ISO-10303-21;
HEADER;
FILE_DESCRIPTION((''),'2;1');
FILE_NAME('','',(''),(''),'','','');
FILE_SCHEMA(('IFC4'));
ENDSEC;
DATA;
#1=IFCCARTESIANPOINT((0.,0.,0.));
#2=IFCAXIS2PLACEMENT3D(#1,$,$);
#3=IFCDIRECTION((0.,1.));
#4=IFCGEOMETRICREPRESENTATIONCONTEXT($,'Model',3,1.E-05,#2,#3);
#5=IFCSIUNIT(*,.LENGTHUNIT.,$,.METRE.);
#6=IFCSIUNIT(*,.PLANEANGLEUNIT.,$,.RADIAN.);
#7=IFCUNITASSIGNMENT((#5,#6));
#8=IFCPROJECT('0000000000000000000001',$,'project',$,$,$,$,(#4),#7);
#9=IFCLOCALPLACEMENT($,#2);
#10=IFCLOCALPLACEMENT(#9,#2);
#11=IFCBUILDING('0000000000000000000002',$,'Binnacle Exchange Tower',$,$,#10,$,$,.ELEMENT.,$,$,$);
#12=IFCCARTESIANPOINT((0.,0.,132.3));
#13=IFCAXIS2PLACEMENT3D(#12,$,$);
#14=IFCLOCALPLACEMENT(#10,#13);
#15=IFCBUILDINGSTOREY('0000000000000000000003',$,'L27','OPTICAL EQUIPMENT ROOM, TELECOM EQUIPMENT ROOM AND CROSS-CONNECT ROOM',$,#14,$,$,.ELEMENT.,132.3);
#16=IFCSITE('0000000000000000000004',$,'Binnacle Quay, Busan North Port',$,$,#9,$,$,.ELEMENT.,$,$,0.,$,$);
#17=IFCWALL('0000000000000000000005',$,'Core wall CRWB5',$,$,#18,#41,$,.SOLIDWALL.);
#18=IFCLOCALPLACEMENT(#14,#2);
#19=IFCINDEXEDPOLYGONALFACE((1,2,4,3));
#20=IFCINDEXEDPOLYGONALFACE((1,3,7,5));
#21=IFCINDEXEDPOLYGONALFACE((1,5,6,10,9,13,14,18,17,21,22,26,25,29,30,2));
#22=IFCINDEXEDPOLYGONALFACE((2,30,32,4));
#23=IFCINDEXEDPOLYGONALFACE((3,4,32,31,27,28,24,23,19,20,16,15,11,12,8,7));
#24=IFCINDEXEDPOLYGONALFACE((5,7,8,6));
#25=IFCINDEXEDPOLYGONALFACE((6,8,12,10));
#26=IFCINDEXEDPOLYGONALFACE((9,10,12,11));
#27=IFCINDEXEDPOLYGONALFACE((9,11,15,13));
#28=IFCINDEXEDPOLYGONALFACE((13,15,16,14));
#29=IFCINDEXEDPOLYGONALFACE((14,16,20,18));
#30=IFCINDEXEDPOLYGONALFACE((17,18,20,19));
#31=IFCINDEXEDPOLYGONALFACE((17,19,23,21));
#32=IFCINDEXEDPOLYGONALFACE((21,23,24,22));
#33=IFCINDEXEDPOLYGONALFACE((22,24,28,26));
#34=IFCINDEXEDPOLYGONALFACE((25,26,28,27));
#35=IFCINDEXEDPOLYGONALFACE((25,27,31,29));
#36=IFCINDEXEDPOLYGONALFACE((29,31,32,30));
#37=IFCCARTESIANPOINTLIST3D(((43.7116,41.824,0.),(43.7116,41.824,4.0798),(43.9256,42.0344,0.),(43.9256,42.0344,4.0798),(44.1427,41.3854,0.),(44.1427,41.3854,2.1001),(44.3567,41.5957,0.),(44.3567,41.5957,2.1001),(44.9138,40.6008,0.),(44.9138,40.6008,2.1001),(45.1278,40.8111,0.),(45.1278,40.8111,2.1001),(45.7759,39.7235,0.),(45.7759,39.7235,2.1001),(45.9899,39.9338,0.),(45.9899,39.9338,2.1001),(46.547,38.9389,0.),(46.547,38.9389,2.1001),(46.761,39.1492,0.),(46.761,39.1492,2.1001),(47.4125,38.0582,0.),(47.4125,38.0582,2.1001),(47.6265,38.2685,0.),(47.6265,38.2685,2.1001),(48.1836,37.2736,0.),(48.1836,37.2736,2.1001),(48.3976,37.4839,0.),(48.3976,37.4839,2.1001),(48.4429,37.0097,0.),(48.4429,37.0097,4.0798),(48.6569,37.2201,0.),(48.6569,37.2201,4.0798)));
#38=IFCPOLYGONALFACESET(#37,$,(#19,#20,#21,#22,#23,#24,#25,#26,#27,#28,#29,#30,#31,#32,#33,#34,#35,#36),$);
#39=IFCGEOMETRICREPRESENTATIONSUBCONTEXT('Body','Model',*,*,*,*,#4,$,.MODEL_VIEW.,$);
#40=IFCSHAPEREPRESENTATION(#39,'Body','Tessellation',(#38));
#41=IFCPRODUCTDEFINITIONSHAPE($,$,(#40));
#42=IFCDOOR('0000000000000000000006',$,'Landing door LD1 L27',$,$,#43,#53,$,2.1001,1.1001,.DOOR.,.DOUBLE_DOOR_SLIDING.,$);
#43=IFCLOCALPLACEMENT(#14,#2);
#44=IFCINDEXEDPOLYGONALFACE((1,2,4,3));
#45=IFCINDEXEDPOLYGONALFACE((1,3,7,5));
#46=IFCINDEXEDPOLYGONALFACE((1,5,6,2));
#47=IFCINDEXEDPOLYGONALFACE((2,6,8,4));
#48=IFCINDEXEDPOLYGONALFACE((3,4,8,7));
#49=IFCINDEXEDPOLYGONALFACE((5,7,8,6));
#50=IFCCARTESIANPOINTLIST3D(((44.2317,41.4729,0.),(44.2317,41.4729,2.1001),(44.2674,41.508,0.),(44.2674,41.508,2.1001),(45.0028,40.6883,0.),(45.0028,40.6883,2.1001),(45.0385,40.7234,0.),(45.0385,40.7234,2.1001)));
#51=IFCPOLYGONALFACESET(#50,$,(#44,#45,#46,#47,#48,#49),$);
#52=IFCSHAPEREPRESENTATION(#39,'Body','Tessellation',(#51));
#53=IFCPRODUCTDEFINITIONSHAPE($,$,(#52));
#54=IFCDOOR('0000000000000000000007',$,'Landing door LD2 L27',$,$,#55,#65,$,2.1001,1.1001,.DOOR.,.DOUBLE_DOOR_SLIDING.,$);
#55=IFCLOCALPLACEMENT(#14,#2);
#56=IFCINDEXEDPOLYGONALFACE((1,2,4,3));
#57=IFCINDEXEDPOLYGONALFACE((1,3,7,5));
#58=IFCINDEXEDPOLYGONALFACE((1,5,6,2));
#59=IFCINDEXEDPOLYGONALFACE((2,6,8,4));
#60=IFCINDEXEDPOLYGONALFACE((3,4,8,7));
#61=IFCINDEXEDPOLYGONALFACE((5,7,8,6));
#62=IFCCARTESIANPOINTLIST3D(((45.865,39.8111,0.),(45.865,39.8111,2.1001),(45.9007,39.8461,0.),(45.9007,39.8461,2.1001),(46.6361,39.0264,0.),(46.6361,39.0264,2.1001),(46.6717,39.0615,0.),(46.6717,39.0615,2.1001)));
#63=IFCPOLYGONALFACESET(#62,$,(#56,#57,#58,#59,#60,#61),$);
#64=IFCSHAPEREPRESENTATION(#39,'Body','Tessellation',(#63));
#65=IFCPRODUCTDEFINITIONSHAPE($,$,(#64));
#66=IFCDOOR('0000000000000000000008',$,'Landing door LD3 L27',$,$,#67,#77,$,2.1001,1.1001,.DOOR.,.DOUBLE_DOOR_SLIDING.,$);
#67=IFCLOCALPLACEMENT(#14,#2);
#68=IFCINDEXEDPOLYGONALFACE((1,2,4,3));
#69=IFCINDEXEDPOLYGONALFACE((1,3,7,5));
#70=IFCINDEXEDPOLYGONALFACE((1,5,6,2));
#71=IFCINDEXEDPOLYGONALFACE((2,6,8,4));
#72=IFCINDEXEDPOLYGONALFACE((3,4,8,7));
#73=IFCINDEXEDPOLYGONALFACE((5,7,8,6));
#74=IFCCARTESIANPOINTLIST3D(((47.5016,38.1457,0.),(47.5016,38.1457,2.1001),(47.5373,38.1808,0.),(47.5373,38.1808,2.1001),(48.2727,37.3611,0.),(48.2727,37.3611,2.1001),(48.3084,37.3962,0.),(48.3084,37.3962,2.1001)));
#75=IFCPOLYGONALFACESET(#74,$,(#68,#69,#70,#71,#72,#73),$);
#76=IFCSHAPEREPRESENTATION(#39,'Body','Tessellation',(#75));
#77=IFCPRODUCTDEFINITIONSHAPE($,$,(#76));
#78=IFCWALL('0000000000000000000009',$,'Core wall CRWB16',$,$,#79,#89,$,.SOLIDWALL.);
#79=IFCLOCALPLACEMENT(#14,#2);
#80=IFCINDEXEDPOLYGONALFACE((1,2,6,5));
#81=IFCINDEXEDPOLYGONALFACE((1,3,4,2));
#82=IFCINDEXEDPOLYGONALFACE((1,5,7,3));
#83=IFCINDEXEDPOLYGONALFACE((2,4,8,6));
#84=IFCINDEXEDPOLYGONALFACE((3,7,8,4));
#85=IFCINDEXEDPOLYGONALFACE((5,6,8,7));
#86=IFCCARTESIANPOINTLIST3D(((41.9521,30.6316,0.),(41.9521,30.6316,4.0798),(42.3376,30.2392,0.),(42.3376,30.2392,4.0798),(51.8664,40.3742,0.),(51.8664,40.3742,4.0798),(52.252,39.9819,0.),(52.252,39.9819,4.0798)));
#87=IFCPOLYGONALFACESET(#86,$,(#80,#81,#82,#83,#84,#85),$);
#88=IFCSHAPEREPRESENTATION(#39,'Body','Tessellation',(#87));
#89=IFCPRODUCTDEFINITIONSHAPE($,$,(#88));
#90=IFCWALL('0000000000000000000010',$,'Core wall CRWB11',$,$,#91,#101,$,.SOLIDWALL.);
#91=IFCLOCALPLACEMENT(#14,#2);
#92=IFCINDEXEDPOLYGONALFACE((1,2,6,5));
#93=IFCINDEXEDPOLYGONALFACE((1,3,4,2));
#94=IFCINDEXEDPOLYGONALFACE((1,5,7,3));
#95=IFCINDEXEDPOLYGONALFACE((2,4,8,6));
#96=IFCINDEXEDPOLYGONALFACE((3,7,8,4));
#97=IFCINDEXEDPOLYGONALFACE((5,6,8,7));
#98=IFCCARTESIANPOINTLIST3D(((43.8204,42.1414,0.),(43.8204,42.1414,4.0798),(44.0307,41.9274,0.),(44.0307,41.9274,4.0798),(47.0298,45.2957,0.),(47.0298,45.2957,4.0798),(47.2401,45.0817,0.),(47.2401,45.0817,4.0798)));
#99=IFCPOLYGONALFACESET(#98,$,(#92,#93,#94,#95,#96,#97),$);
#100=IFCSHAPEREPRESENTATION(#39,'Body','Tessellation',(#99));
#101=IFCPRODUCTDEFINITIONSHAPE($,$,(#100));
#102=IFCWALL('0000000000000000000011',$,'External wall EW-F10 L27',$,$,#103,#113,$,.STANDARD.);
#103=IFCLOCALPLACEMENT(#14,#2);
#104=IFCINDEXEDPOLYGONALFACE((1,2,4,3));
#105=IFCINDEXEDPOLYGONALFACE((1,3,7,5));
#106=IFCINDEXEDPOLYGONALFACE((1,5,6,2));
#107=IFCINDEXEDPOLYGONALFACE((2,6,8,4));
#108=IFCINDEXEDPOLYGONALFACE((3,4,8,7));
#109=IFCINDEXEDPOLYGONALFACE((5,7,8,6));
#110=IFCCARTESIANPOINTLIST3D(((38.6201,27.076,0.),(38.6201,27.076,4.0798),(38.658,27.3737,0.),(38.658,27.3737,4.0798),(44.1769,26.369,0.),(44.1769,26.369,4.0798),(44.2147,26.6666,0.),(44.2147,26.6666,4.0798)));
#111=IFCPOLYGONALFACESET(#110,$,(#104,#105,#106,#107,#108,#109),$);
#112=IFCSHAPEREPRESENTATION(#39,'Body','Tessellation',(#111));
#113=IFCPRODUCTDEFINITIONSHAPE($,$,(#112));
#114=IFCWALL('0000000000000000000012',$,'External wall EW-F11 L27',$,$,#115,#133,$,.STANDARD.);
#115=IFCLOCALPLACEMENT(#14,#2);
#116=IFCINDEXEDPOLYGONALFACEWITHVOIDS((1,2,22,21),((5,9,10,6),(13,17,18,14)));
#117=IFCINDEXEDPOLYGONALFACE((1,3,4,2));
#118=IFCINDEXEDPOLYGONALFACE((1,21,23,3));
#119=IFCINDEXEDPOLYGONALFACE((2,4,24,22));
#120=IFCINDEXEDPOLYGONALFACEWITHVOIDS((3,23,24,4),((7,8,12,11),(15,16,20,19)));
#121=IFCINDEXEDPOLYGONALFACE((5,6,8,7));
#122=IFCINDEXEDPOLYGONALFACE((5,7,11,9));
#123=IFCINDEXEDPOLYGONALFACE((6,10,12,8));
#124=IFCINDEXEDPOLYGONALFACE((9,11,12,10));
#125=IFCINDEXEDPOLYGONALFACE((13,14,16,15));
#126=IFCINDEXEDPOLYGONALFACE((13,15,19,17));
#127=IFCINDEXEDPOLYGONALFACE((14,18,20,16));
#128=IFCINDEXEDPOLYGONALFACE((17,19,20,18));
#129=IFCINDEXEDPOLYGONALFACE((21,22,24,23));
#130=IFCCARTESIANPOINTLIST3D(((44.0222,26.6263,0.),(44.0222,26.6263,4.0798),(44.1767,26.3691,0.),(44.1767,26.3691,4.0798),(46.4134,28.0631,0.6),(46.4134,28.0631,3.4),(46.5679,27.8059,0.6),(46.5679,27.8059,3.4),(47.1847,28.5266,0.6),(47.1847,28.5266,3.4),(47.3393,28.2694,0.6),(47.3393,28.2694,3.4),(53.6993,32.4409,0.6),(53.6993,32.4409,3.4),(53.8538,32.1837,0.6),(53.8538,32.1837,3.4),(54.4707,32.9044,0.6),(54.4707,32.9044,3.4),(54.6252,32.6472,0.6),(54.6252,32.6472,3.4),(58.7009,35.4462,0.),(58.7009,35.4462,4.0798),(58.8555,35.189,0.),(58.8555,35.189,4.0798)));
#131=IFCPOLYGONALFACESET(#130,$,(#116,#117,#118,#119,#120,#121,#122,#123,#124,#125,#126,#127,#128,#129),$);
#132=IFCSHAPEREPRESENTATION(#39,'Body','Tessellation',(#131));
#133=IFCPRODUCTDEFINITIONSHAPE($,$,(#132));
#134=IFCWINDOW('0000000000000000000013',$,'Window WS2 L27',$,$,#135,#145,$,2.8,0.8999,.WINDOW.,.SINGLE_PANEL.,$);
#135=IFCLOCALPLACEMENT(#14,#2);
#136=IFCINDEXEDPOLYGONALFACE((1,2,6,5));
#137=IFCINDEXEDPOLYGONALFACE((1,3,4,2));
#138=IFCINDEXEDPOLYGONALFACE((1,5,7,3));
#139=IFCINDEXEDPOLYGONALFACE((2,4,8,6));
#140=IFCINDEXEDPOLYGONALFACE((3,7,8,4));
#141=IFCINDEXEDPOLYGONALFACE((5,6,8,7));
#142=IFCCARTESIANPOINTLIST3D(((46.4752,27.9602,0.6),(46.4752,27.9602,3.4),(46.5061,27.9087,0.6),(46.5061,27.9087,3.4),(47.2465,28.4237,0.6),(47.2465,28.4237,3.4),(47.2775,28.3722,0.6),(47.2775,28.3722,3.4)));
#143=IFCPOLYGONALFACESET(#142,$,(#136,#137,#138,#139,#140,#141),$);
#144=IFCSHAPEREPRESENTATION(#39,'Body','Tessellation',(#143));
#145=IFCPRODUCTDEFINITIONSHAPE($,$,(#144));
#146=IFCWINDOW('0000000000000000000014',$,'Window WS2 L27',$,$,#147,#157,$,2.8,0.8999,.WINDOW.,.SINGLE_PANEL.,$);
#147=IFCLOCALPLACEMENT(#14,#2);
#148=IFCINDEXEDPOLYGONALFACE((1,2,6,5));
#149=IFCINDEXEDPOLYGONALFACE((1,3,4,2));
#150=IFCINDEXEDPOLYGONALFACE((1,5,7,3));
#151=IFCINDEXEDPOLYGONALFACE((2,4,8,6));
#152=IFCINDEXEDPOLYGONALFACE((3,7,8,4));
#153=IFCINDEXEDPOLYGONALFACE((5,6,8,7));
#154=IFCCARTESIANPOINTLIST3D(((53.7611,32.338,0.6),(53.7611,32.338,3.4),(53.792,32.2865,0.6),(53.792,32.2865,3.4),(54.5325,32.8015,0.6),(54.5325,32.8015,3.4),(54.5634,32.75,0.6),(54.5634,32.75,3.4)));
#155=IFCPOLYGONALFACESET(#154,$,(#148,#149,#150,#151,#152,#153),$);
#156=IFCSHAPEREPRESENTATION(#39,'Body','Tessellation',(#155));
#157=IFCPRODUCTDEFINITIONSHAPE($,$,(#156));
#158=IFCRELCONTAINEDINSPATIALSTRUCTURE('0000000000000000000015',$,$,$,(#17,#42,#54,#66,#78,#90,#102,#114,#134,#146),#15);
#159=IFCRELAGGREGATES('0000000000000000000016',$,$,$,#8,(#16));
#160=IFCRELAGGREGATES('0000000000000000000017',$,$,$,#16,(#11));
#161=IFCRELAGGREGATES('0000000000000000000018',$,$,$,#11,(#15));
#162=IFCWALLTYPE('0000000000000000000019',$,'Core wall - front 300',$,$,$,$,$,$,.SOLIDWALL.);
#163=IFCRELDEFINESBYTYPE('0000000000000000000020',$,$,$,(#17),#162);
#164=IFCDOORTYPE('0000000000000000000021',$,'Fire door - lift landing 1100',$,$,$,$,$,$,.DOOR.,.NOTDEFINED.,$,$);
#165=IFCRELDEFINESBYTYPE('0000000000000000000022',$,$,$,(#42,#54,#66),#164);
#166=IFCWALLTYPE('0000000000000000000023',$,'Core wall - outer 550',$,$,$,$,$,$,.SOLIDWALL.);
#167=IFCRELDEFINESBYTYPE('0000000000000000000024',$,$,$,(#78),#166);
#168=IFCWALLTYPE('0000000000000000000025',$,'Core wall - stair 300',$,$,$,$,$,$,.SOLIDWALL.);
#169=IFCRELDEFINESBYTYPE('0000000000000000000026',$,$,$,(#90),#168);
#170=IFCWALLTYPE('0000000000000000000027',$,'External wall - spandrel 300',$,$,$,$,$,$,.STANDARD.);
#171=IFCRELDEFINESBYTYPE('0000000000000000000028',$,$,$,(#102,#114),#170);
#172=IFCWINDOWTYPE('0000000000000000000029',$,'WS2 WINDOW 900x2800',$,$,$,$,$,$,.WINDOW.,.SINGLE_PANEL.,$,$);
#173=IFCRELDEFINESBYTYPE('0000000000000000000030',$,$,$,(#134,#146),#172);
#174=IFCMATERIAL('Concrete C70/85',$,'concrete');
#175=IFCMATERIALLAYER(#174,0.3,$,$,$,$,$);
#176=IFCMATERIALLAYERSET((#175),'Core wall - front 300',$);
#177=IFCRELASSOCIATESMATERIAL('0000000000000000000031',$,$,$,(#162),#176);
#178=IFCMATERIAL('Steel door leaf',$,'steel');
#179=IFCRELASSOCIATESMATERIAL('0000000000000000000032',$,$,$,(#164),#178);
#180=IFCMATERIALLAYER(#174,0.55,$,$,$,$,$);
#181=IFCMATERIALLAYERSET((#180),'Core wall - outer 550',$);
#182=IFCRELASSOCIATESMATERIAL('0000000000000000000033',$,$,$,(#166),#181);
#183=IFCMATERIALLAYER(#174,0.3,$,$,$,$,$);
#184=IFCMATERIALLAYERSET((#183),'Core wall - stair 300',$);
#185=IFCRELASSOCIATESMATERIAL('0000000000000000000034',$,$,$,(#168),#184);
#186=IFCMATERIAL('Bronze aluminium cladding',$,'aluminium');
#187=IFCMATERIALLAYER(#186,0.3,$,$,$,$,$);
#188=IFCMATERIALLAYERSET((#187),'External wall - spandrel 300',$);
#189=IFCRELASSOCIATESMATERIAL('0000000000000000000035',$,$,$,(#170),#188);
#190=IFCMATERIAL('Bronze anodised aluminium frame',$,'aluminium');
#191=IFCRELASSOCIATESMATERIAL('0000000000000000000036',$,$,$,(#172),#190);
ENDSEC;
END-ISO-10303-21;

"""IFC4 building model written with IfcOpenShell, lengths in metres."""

from ifc_helpers import new_model, si_unit, direction, frame, frame_2d, origin, place, context, subcontext, project, spatial, rectangle, extrude, material, layer, layer_set, type_object, element, fill, save


model = new_model("IFC4")

# Units and contexts
model_context = context("Model", 3, precision=1e-05, world=origin(), true_north=direction((0.0, 1.0)))
body_context = subcontext(model_context, "Body", "Model", "MODEL_VIEW")
ifc_project = project(units=[si_unit("LENGTHUNIT", "METRE"), si_unit("PLANEANGLEUNIT", "RADIAN")], contexts=[model_context])

# Site, building, storey
site_placement = place(None, origin())
site = spatial("IfcSite", under=ifc_project, at=site_placement, Name="Binnacle Quay, Busan North Port", CompositionType="ELEMENT", RefElevation=0.0)
building_placement = place(site_placement, origin())
building = spatial("IfcBuilding", under=site, at=building_placement, Name="Binnacle Exchange Tower", CompositionType="ELEMENT")
storey_placement = place(building_placement, frame((0.0, 0.0, 132.3)))
storey = spatial("IfcBuildingStorey", under=building, at=storey_placement, Name="L27", Description="OPTICAL EQUIPMENT ROOM, TELECOM EQUIPMENT ROOM AND CROSS-CONNECT ROOM", CompositionType="ELEMENT", Elevation=132.3)

# Shared definitions
ifc_material_1 = material(Name="Concrete C70/85", Category="concrete")

# Wall, openings, doors
ifc_layer_1 = layer(ifc_material_1, 0.3)
ifc_layer_set_1 = layer_set([ifc_layer_1], Name="Core wall - front 300")
wall_type_1 = type_object("IfcWallType", Name="Core wall - front 300", PredefinedType="SOLIDWALL", material=ifc_layer_set_1)
wall_1_placement = place(storey_placement, frame((43.8186, 41.9292, 0.0), z_axis=(0.0, 0.0, 1.0), x_axis=(0.700931, -0.713229, 0.0)))
wall_1 = element("IfcWall", 1, at=wall_1_placement, inside=storey, type_object=wall_type_1, Name="Core wall CRWB5", PredefinedType="SOLIDWALL", context=body_context, shape_type="SweptSolid", body=[
    extrude(rectangle(XDim=6.75, YDim=0.3, at=frame_2d((3.375, 0.0))), origin(), (0.0, 0.0, 1.0), 4.0798),
])
opening_1_placement = place(wall_1_placement, frame((0.615, 0.0, 0.0)))
opening_1 = element("IfcOpeningElement", 2, at=opening_1_placement, cuts=wall_1, PredefinedType="OPENING", context=body_context, shape_type="SweptSolid", body=[
    extrude(rectangle(XDim=1.1001, YDim=2.1001, at=frame_2d((0.55, 1.05))), frame((0.0, 0.1599, 0.0), z_axis=(0.0, -1.0, 0.0), x_axis=(1.0, 0.0, 0.0)), (0.0, 0.0, 1.0), 0.3201),
])
opening_2_placement = place(wall_1_placement, frame((2.9451, 0.0, 0.0)))
opening_2 = element("IfcOpeningElement", 3, at=opening_2_placement, cuts=wall_1, PredefinedType="OPENING", context=body_context, shape_type="SweptSolid", body=[
    extrude(rectangle(XDim=1.1001, YDim=2.1001, at=frame_2d((0.55, 1.05))), frame((0.0, 0.1599, 0.0), z_axis=(0.0, -1.0, 0.0), x_axis=(1.0, 0.0, 0.0)), (0.0, 0.0, 1.0), 0.3201),
])
opening_3_placement = place(wall_1_placement, frame((5.28, 0.0, 0.0)))
opening_3 = element("IfcOpeningElement", 4, at=opening_3_placement, cuts=wall_1, PredefinedType="OPENING", context=body_context, shape_type="SweptSolid", body=[
    extrude(rectangle(XDim=1.1001, YDim=2.1001, at=frame_2d((0.55, 1.05))), frame((0.0, 0.1599, 0.0), z_axis=(0.0, -1.0, 0.0), x_axis=(1.0, 0.0, 0.0)), (0.0, 0.0, 1.0), 0.3201),
])
ifc_material_2 = material(Name="Steel door leaf", Category="steel")
door_type = type_object("IfcDoorType", Name="Fire door - lift landing 1100", OperationType="NOTDEFINED", PredefinedType="DOOR", material=ifc_material_2)
door_1_placement = place(opening_1_placement, origin())
door_1 = element("IfcDoor", 5, at=door_1_placement, inside=storey, type_object=door_type, Name="Landing door LD1 L27", OperationType="DOUBLE_DOOR_SLIDING", OverallHeight=2.1001, OverallWidth=1.1001, PredefinedType="DOOR", context=body_context, shape_type="SweptSolid", body=[
    extrude(rectangle(XDim=1.1001, YDim=2.1001, at=frame_2d((0.55, 1.05))), frame((0.0, 0.0249, 0.0), z_axis=(0.0, -1.0, 0.0), x_axis=(1.0, 0.0, 0.0)), (0.0, 0.0, 1.0), 0.05),
])
fill(opening_1, door_1)
door_2_placement = place(opening_2_placement, origin())
door_2 = element("IfcDoor", 6, at=door_2_placement, inside=storey, type_object=door_type, Name="Landing door LD2 L27", OperationType="DOUBLE_DOOR_SLIDING", OverallHeight=2.1001, OverallWidth=1.1001, PredefinedType="DOOR", context=body_context, shape_type="SweptSolid", body=[
    extrude(rectangle(XDim=1.1001, YDim=2.1001, at=frame_2d((0.55, 1.05))), frame((0.0, 0.0249, 0.0), z_axis=(0.0, -1.0, 0.0), x_axis=(1.0, 0.0, 0.0)), (0.0, 0.0, 1.0), 0.05),
])
fill(opening_2, door_2)
door_3_placement = place(opening_3_placement, origin())
door_3 = element("IfcDoor", 7, at=door_3_placement, inside=storey, type_object=door_type, Name="Landing door LD3 L27", OperationType="DOUBLE_DOOR_SLIDING", OverallHeight=2.1001, OverallWidth=1.1001, PredefinedType="DOOR", context=body_context, shape_type="SweptSolid", body=[
    extrude(rectangle(XDim=1.1001, YDim=2.1001, at=frame_2d((0.55, 1.05))), frame((0.0, 0.0249, 0.0), z_axis=(0.0, -1.0, 0.0), x_axis=(1.0, 0.0, 0.0)), (0.0, 0.0, 1.0), 0.05),
])
fill(opening_3, door_3)

# Walls
ifc_layer_2 = layer(ifc_material_1, 0.55)
ifc_layer_set_2 = layer_set([ifc_layer_2], Name="Core wall - outer 550")
wall_type_2 = type_object("IfcWallType", Name="Core wall - outer 550", PredefinedType="SOLIDWALL", material=ifc_layer_set_2)
wall_2_placement = place(storey_placement, frame((42.1448, 30.4353, 0.0), z_axis=(0.0, 0.0, 1.0), x_axis=(0.713254, 0.700906, 0.0)))
element("IfcWall", 8, at=wall_2_placement, inside=storey, type_object=wall_type_2, Name="Core wall CRWB16", PredefinedType="SOLIDWALL", context=body_context, shape_type="SweptSolid", body=[
    extrude(rectangle(XDim=13.9001, YDim=0.55, at=frame_2d((6.9502, 0.0))), origin(), (0.0, 0.0, 1.0), 4.0798),
])
ifc_layer_3 = layer(ifc_material_1, 0.3)
ifc_layer_set_3 = layer_set([ifc_layer_3], Name="Core wall - stair 300")
wall_type_3 = type_object("IfcWallType", Name="Core wall - stair 300", PredefinedType="SOLIDWALL", material=ifc_layer_set_3)
wall_3_placement = place(storey_placement, frame((43.9255, 42.0344, 0.0), z_axis=(0.0, 0.0, 1.0), x_axis=(0.713211, 0.70095, 0.0)))
element("IfcWall", 9, at=wall_3_placement, inside=storey, type_object=wall_type_3, Name="Core wall CRWB11", PredefinedType="SOLIDWALL", context=body_context, shape_type="SweptSolid", body=[
    extrude(rectangle(XDim=4.5, YDim=0.3, at=frame_2d((2.25, 0.0))), origin(), (0.0, 0.0, 1.0), 4.0798),
])
ifc_material_3 = material(Name="Bronze aluminium cladding", Category="aluminium")
ifc_layer_4 = layer(ifc_material_3, 0.3)
ifc_layer_set_4 = layer_set([ifc_layer_4], Name="External wall - spandrel 300")
wall_type_4 = type_object("IfcWallType", Name="External wall - spandrel 300", PredefinedType="STANDARD", material=ifc_layer_set_4)
wall_4_placement = place(storey_placement, frame((44.1958, 26.5178, 0.0), z_axis=(0.0, 0.0, 1.0), x_axis=(-0.992002, 0.126223, 0.0)))
element("IfcWall", 10, at=wall_4_placement, inside=storey, type_object=wall_type_4, Name="External wall EW-F10 L27", PredefinedType="STANDARD", context=body_context, shape_type="SweptSolid", body=[
    extrude(rectangle(XDim=5.6016, YDim=0.3, at=frame_2d((2.8008, 0.0))), origin(), (0.0, 0.0, 1.0), 4.0798),
])

# Wall, openings, windows
wall_5_placement = place(storey_placement, frame((58.7783, 35.3176, 0.0), z_axis=(0.0, 0.0, 1.0), x_axis=(-0.857168, -0.515037, 0.0)))
wall_5 = element("IfcWall", 11, at=wall_5_placement, inside=storey, type_object=wall_type_4, Name="External wall EW-F11 L27", PredefinedType="STANDARD", context=body_context, shape_type="SweptSolid", body=[
    extrude(rectangle(XDim=17.1248, YDim=0.3, at=frame_2d((8.5625, 0.0))), origin(), (0.0, 0.0, 1.0), 4.0798),
])
opening_4_placement = place(wall_5_placement, frame((13.4353, 0.0, 0.6001)))
opening_4 = element("IfcOpeningElement", 12, at=opening_4_placement, cuts=wall_5, PredefinedType="OPENING", context=body_context, shape_type="SweptSolid", body=[
    extrude(rectangle(XDim=0.8999, YDim=2.8, at=frame_2d((0.45, 1.3999))), frame((0.0, 0.1599, 0.0), z_axis=(0.0, -1.0, 0.0), x_axis=(1.0, 0.0, 0.0)), (0.0, 0.0, 1.0), 0.3201),
])
opening_5_placement = place(wall_5_placement, frame((4.9353, 0.0, 0.6001)))
opening_5 = element("IfcOpeningElement", 13, at=opening_5_placement, cuts=wall_5, PredefinedType="OPENING", context=body_context, shape_type="SweptSolid", body=[
    extrude(rectangle(XDim=0.8999, YDim=2.8, at=frame_2d((0.45, 1.3999))), frame((0.0, 0.1599, 0.0), z_axis=(0.0, -1.0, 0.0), x_axis=(1.0, 0.0, 0.0)), (0.0, 0.0, 1.0), 0.3201),
])
ifc_material_4 = material(Name="Bronze anodised aluminium frame", Category="aluminium")
window_type = type_object("IfcWindowType", Name="WS2 WINDOW 900x2800", PartitioningType="SINGLE_PANEL", PredefinedType="WINDOW", material=ifc_material_4)
window_1_placement = place(opening_4_placement, origin())
window_1 = element("IfcWindow", 14, at=window_1_placement, inside=storey, type_object=window_type, Name="Window WS2 L27", OverallHeight=2.8, OverallWidth=0.8999, PartitioningType="SINGLE_PANEL", PredefinedType="WINDOW", context=body_context, shape_type="SweptSolid", body=[
    extrude(rectangle(XDim=0.8999, YDim=2.8, at=frame_2d((0.45, 1.3999))), frame((0.0, 0.03, 0.0), z_axis=(0.0, -1.0, 0.0), x_axis=(1.0, 0.0, 0.0)), (0.0, 0.0, 1.0), 0.0601),
])
fill(opening_4, window_1)
window_2_placement = place(opening_5_placement, origin())
window_2 = element("IfcWindow", 15, at=window_2_placement, inside=storey, type_object=window_type, Name="Window WS2 L27", OverallHeight=2.8, OverallWidth=0.8999, PartitioningType="SINGLE_PANEL", PredefinedType="WINDOW", context=body_context, shape_type="SweptSolid", body=[
    extrude(rectangle(XDim=0.8999, YDim=2.8, at=frame_2d((0.45, 1.3999))), frame((0.0, 0.03, 0.0), z_axis=(0.0, -1.0, 0.0), x_axis=(1.0, 0.0, 0.0)), (0.0, 0.0, 1.0), 0.0601),
])
fill(opening_5, window_2)

save(model, "model.ifc")
